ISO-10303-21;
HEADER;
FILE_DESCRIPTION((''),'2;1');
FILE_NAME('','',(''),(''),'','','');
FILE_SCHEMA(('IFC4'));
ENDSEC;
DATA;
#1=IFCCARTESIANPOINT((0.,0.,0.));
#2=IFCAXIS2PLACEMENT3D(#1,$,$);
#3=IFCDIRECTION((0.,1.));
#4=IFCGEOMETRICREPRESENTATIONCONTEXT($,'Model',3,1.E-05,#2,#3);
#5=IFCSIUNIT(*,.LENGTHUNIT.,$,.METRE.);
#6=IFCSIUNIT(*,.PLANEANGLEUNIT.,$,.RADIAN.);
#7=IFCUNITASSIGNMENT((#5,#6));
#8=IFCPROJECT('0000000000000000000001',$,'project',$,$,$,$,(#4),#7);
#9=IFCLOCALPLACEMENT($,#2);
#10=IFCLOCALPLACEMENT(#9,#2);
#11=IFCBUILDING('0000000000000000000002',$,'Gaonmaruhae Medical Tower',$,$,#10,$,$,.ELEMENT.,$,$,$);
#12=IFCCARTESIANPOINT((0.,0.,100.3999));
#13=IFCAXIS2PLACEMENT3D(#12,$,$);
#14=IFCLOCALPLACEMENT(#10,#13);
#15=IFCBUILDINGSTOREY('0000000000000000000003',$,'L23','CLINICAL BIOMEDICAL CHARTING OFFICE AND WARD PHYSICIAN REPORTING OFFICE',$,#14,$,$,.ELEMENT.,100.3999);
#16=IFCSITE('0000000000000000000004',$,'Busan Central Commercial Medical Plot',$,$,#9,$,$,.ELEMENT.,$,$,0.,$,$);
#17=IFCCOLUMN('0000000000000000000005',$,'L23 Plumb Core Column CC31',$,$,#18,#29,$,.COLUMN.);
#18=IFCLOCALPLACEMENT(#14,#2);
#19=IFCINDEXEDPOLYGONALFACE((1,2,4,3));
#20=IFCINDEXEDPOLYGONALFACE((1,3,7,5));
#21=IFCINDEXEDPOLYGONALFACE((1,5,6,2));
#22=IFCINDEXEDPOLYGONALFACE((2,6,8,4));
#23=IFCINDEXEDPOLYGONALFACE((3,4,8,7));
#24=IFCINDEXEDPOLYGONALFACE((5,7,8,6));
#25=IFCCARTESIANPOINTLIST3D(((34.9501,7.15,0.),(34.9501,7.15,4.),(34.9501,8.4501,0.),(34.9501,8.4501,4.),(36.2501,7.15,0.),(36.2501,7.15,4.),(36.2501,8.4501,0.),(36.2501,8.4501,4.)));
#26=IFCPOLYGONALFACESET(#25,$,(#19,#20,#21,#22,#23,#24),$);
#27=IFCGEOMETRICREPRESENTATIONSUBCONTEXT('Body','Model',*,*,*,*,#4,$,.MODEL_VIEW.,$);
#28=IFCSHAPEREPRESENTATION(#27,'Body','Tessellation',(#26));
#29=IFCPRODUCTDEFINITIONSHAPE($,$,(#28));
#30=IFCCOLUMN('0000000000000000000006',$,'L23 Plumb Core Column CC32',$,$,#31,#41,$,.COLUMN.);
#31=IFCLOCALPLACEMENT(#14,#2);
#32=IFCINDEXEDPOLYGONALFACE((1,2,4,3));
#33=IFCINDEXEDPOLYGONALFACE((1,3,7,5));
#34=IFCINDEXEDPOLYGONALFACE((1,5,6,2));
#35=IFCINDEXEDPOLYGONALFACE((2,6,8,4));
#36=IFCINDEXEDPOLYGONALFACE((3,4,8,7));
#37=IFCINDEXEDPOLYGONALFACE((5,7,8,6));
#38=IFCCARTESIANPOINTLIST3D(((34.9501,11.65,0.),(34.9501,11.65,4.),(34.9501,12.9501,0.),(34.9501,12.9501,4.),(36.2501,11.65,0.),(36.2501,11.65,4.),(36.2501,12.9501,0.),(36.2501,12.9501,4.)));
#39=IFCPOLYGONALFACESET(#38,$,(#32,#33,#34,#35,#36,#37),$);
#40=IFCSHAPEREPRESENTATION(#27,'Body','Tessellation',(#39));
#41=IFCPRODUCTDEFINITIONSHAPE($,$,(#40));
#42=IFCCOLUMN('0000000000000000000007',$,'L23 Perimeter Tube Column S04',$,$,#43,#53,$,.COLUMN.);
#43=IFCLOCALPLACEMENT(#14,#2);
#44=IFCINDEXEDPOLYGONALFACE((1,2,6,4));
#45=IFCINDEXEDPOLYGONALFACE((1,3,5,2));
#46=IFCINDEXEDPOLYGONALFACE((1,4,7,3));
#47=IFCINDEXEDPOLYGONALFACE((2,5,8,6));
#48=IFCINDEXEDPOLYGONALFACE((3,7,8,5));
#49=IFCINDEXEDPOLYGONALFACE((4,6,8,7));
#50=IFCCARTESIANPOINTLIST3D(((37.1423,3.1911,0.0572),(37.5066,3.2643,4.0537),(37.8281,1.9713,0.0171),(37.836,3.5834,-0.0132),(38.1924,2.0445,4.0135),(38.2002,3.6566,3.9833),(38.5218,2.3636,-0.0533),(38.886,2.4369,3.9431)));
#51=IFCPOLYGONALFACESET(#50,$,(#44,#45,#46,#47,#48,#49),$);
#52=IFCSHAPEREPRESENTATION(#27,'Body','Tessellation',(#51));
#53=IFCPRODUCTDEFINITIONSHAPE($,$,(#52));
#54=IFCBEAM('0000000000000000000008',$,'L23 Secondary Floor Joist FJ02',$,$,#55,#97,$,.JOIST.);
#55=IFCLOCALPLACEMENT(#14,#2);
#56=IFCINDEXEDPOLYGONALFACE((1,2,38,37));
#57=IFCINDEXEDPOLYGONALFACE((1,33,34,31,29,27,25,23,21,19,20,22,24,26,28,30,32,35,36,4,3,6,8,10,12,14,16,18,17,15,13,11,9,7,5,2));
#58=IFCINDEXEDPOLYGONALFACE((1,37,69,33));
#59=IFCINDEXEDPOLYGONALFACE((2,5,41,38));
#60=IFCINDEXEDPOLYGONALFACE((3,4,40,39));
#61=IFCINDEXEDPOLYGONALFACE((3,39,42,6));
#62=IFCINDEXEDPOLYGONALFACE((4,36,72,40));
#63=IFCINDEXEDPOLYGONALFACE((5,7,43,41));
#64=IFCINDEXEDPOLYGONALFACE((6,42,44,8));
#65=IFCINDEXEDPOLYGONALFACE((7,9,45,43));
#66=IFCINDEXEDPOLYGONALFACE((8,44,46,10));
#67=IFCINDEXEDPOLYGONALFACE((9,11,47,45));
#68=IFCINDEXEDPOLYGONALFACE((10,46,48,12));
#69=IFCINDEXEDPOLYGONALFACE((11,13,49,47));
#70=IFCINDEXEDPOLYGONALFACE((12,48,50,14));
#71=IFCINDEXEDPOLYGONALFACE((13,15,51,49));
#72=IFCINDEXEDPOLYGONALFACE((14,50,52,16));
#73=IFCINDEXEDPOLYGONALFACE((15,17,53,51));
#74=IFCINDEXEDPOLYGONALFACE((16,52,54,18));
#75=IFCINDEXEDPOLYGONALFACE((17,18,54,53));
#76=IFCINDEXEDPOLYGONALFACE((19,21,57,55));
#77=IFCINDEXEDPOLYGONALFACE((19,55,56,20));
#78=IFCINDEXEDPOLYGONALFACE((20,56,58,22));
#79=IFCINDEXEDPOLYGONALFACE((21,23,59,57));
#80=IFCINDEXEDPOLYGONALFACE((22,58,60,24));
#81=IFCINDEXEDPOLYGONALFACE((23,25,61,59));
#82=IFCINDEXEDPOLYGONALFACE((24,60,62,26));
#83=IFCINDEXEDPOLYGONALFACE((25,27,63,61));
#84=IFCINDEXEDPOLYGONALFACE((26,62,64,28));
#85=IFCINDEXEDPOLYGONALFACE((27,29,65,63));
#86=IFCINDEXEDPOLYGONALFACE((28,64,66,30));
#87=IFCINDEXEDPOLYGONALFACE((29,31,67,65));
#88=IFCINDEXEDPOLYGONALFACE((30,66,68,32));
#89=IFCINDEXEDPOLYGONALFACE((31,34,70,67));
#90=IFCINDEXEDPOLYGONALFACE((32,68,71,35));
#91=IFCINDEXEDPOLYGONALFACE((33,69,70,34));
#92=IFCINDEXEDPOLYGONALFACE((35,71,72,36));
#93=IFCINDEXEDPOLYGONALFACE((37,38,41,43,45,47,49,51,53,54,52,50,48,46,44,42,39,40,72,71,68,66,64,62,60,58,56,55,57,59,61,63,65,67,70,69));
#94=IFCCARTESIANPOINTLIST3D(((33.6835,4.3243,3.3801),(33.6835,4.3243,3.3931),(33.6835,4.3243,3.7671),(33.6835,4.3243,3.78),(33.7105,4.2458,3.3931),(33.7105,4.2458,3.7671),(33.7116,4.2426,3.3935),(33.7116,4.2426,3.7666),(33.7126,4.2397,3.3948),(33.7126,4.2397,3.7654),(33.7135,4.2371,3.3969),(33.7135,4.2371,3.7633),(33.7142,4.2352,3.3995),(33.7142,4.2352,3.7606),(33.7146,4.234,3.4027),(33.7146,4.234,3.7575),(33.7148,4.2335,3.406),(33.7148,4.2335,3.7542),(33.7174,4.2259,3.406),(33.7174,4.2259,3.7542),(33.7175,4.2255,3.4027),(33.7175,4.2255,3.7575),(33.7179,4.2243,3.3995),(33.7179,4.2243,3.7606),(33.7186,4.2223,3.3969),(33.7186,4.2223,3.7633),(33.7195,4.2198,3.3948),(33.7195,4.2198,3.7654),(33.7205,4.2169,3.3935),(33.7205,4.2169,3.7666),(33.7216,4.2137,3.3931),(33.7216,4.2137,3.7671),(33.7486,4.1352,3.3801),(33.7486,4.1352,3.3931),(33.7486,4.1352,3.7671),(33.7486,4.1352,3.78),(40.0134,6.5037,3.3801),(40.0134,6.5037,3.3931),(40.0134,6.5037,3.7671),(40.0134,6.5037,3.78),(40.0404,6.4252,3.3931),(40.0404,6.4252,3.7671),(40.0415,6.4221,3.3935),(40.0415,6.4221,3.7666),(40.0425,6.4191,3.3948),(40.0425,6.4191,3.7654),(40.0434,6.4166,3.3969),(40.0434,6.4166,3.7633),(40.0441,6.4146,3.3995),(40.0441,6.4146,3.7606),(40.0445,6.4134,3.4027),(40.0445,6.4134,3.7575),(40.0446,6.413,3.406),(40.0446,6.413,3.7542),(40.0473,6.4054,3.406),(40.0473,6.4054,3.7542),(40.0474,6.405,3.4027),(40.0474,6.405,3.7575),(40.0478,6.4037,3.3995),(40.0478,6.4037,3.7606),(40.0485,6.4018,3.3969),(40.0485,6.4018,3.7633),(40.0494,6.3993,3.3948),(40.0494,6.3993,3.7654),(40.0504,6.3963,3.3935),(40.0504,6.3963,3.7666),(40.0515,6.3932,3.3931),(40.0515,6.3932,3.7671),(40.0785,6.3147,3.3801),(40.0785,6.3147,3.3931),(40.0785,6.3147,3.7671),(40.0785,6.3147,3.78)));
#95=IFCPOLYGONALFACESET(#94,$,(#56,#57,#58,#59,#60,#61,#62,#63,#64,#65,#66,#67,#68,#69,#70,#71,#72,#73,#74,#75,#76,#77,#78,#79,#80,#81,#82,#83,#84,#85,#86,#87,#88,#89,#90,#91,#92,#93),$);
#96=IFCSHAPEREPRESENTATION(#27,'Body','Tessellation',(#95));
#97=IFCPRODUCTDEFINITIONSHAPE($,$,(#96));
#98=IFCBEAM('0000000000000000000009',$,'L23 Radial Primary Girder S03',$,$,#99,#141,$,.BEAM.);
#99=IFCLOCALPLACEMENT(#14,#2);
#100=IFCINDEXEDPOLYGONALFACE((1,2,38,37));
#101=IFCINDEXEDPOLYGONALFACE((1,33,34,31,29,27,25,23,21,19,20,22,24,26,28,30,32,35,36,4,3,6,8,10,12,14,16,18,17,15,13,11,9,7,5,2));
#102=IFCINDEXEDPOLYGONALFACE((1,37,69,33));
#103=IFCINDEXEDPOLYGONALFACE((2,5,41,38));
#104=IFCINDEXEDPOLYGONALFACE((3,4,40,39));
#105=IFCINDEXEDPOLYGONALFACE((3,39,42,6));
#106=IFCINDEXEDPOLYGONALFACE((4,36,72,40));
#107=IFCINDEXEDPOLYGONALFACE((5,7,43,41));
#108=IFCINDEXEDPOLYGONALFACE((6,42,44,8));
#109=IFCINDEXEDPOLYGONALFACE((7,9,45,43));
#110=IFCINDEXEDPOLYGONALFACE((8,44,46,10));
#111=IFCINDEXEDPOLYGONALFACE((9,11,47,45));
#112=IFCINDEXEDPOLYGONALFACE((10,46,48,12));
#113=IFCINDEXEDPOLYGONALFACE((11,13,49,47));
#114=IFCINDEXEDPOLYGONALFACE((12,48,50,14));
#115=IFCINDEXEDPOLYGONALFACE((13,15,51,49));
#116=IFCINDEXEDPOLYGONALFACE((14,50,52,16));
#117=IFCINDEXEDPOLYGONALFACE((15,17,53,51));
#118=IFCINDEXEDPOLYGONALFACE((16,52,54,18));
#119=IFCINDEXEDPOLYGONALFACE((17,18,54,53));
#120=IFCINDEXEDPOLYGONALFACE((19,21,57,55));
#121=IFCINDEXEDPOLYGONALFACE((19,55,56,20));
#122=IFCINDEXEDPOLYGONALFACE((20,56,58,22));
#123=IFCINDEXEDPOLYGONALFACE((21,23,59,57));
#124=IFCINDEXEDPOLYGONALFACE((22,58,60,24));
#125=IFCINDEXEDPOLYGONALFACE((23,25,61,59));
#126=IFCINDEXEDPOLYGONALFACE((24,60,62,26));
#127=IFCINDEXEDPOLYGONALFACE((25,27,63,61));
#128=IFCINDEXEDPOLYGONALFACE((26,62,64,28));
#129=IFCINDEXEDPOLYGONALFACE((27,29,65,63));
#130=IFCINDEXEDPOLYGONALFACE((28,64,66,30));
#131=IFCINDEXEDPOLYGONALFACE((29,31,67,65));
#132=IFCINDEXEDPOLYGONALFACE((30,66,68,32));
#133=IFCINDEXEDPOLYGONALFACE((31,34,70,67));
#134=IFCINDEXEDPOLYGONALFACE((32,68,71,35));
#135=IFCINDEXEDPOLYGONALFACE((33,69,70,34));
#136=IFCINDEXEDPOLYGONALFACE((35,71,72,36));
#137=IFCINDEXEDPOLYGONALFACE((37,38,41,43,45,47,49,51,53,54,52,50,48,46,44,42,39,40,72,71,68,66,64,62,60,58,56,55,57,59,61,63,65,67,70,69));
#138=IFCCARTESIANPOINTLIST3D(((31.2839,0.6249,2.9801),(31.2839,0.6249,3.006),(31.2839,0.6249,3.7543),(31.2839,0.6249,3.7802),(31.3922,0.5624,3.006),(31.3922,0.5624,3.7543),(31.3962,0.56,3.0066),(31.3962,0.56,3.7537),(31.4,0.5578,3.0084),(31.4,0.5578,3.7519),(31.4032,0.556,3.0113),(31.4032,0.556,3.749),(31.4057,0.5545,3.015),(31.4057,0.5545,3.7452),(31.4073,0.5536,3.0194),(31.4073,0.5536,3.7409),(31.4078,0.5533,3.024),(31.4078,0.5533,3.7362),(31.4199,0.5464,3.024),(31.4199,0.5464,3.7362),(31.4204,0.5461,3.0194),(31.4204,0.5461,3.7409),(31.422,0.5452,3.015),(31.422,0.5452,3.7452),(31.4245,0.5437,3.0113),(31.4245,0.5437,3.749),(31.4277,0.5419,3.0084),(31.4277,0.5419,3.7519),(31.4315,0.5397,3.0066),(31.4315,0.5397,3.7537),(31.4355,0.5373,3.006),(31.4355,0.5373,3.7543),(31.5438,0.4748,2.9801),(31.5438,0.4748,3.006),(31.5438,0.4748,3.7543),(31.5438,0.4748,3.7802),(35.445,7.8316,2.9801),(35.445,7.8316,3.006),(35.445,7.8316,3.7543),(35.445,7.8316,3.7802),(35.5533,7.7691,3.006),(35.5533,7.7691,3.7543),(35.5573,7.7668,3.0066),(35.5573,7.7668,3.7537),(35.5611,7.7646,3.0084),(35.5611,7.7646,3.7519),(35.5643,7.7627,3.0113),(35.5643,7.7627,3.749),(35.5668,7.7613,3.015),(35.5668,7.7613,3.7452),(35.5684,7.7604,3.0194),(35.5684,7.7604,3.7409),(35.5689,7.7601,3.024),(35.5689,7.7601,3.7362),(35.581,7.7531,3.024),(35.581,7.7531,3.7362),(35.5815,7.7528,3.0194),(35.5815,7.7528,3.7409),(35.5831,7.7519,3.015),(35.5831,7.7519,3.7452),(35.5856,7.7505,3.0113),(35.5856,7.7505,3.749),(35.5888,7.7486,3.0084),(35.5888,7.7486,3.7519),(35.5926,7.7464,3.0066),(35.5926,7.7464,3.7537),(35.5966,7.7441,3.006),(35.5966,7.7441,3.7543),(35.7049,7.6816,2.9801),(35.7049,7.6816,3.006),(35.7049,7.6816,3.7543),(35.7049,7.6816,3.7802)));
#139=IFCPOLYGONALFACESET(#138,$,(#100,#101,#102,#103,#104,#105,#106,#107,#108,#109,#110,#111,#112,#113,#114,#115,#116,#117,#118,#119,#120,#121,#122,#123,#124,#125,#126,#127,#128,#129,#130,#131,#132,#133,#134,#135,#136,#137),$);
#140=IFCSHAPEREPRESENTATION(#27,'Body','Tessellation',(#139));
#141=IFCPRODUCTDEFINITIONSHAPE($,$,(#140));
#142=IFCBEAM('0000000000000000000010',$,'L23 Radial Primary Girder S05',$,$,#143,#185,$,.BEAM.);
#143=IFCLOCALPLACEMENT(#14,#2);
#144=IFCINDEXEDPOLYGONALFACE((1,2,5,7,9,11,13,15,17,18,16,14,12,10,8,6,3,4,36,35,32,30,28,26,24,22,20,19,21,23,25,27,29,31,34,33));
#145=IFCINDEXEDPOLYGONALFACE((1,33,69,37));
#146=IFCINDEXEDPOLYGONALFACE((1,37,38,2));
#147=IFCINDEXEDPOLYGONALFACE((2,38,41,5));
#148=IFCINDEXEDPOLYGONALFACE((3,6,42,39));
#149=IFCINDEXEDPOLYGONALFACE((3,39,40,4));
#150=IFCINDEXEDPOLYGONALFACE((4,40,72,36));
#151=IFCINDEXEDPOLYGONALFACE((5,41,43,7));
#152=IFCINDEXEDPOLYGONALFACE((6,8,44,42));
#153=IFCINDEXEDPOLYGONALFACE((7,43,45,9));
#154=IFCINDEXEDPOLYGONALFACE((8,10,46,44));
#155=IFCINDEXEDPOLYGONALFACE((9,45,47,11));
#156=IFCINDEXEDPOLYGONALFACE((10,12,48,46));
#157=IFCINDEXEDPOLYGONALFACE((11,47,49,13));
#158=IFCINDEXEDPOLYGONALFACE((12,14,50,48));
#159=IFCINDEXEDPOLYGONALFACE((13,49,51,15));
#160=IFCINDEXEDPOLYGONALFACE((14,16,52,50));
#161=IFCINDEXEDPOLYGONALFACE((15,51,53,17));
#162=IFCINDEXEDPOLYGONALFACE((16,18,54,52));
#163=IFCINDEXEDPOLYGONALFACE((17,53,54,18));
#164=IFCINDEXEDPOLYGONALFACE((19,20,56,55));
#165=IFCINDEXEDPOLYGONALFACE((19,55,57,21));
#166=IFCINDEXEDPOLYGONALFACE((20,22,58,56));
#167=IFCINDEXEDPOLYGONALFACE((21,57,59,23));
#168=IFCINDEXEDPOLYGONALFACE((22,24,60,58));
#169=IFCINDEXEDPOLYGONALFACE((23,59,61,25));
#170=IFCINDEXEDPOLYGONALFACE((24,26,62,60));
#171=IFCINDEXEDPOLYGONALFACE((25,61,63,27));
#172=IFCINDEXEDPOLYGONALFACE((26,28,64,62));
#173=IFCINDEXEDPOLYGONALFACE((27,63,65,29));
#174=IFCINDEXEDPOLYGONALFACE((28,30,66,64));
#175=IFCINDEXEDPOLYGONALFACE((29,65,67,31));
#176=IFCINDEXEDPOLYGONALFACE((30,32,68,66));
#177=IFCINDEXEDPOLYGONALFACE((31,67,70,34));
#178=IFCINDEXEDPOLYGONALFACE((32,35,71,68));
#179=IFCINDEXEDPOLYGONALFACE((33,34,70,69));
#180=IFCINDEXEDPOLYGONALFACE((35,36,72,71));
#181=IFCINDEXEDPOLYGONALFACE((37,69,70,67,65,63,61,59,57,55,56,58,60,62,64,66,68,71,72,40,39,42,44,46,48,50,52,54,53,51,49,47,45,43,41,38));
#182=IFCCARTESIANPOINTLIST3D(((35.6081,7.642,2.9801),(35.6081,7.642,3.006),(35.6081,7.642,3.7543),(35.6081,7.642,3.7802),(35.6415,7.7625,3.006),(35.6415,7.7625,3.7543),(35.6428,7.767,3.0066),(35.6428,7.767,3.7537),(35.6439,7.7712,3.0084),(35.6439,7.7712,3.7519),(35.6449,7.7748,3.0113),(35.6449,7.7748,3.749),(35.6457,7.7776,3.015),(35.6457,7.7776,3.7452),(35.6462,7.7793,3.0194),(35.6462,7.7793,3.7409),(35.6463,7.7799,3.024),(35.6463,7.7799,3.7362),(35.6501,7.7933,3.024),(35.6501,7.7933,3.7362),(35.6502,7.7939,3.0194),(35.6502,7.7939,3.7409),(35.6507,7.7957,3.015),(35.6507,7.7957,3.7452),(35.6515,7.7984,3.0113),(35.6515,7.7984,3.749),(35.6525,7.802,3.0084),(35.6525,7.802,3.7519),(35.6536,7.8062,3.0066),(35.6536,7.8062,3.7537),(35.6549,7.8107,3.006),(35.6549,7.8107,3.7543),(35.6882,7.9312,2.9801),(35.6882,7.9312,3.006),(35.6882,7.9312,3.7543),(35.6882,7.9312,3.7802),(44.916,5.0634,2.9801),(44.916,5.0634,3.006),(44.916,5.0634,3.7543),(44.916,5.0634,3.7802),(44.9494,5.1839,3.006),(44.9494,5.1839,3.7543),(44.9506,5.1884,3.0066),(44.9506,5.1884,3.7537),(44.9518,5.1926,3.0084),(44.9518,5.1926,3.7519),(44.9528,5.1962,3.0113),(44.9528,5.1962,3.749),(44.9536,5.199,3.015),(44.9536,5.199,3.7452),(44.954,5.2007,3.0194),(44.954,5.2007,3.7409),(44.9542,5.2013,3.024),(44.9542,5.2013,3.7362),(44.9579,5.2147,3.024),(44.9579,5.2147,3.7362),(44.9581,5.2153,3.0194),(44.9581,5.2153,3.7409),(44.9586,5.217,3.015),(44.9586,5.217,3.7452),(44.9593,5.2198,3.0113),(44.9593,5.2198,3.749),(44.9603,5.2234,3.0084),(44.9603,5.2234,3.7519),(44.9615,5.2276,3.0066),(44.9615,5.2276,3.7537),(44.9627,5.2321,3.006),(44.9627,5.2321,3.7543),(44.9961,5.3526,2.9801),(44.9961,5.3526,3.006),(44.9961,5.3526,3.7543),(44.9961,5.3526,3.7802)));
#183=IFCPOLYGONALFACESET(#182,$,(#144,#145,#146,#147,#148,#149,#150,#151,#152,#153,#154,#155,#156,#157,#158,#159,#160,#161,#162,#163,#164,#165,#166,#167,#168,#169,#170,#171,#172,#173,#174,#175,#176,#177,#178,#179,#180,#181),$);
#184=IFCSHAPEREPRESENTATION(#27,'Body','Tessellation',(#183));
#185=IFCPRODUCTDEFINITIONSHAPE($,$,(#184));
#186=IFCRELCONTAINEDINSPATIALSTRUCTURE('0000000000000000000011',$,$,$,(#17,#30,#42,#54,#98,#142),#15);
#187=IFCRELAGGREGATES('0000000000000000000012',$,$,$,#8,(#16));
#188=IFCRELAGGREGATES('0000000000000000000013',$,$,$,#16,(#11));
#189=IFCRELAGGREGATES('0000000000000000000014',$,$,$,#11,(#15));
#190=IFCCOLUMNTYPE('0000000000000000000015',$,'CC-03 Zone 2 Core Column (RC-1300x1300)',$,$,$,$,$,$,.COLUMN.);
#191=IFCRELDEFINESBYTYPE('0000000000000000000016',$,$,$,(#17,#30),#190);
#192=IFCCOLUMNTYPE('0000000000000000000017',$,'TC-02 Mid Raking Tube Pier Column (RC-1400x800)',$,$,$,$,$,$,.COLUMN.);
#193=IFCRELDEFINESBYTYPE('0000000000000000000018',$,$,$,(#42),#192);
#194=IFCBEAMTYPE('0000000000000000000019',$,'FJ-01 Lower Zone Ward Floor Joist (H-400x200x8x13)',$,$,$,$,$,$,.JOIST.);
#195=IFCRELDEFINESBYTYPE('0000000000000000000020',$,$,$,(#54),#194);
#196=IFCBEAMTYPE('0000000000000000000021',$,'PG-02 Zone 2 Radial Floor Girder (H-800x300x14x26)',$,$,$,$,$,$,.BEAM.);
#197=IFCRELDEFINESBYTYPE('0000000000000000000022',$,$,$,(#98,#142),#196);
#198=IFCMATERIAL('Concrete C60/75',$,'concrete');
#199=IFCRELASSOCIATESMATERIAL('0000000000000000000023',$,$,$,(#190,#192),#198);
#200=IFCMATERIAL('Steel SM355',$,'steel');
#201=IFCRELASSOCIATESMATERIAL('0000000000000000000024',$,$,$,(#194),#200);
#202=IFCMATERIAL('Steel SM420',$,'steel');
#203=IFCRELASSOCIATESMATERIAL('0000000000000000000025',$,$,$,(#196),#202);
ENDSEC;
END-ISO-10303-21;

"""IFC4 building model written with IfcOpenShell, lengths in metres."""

from ifc_helpers import new_model, si_unit, direction, frame, origin, origin_2d, place, context, subcontext, project, spatial, rectangle, i_section, extrude, material, material_profile, profile_set, type_object, element, save


model = new_model("IFC4")

# Units and contexts
model_context = context("Model", 3, precision=1e-05, world=origin(), true_north=direction((0.0, 1.0)))
body_context = subcontext(model_context, "Body", "Model", "MODEL_VIEW")
ifc_project = project(units=[si_unit("LENGTHUNIT", "METRE"), si_unit("PLANEANGLEUNIT", "RADIAN")], contexts=[model_context])

# Site, building, storey
site_placement = place(None, origin())
site = spatial("IfcSite", under=ifc_project, at=site_placement, Name="Busan Central Commercial Medical Plot", CompositionType="ELEMENT", RefElevation=0.0)
building_placement = place(site_placement, origin())
building = spatial("IfcBuilding", under=site, at=building_placement, Name="Gaonmaruhae Medical Tower", CompositionType="ELEMENT")
storey_placement = place(building_placement, frame((0.0, 0.0, 100.3999)))
storey = spatial("IfcBuildingStorey", under=building, at=storey_placement, Name="L23", Description="CLINICAL BIOMEDICAL CHARTING OFFICE AND WARD PHYSICIAN REPORTING OFFICE", CompositionType="ELEMENT", Elevation=100.3999)

# Columns
ifc_material_1 = material(Name="Concrete C60/75", Category="concrete")
ifc_material_profile_1 = material_profile(ifc_material_1, rectangle(XDim=1.3, YDim=1.3, at=origin_2d()), Name="RC-1300x1300")
ifc_profile_set_1 = profile_set([ifc_material_profile_1], Name="Concrete C60/75")
column_type_1 = type_object("IfcColumnType", Name="CC-03 Zone 2 Core Column (RC-1300x1300)", PredefinedType="COLUMN", material=ifc_profile_set_1)
for number, where, z_axis, x_axis, name in (
    (1, (35.6001, 7.8, 0.0), (0.0, 0.0, 1.0), (1.0, 0.0, 0.0), "L23 Plumb Core Column CC31"),
    (2, (35.6001, 12.3, 0.0), (0.0, 0.0, 1.0), (1.0, 0.0, 0.0), "L23 Plumb Core Column CC32"),
):
    element("IfcColumn", number, at=place(storey_placement, frame(where, z_axis=z_axis, x_axis=x_axis)), inside=storey, type_object=column_type_1, Name=name, PredefinedType="COLUMN", context=body_context, shape_type="SweptSolid", body=[
        extrude(rectangle(XDim=1.3, YDim=1.3, at=origin_2d()), origin(), (0.0, 0.0, 1.0), 4.0),
    ])
ifc_material_profile_2 = material_profile(ifc_material_1, rectangle(XDim=1.3999, YDim=0.8, at=origin_2d()), Name="RC-1400x800")
ifc_profile_set_2 = profile_set([ifc_material_profile_2], Name="Concrete C60/75")
column_type_2 = type_object("IfcColumnType", Name="TC-02 Mid Raking Tube Pier Column (RC-1400x800)", PredefinedType="COLUMN", material=ifc_profile_set_2)
column_placement = place(storey_placement, frame((37.832, 2.7773, 0.002), z_axis=(0.090757, 0.018249, 0.995706), x_axis=(-0.489888, 0.871313, 0.028683)))
element("IfcColumn", 3, at=column_placement, inside=storey, type_object=column_type_2, Name="L23 Perimeter Tube Column S04", PredefinedType="COLUMN", context=body_context, shape_type="SweptSolid", body=[
    extrude(rectangle(XDim=1.3999, YDim=0.8, at=origin_2d()), origin(), (0.0, 0.0, 1.0), 4.0137),
])

# Beams
ifc_material_2 = material(Name="Steel SM355", Category="steel")
ifc_material_profile_3 = material_profile(ifc_material_2, i_section(OverallWidth=0.2, OverallDepth=0.3999, WebThickness=0.0081, FlangeThickness=0.0129, FilletRadius=0.0129, at=origin_2d()), Name="H-400x200x8x13")
ifc_profile_set_3 = profile_set([ifc_material_profile_3], Name="Steel SM355")
beam_type_1 = type_object("IfcBeamType", Name="FJ-01 Lower Zone Ward Floor Joist (H-400x200x8x13)", PredefinedType="JOIST", material=ifc_profile_set_3)
beam_1_placement = place(storey_placement, frame((33.7161, 4.2297, 3.5801), z_axis=(0.945523, 0.325556, 0.0), x_axis=(-0.325556, 0.945523, 0.0)))
element("IfcBeam", 4, at=beam_1_placement, inside=storey, type_object=beam_type_1, Name="L23 Secondary Floor Joist FJ02", PredefinedType="JOIST", context=body_context, shape_type="SweptSolid", body=[
    extrude(i_section(OverallWidth=0.2, OverallDepth=0.3999, WebThickness=0.0081, FlangeThickness=0.0129, FilletRadius=0.0129, at=origin_2d()), origin(), (0.0, 0.0, 1.0), 6.6946),
])
ifc_material_3 = material(Name="Steel SM420", Category="steel")
ifc_material_profile_4 = material_profile(ifc_material_3, i_section(OverallWidth=0.3, OverallDepth=0.8, WebThickness=0.0139, FlangeThickness=0.0259, FilletRadius=0.0181, at=origin_2d()), Name="H-800x300x14x26")
ifc_profile_set_4 = profile_set([ifc_material_profile_4], Name="Steel SM420")
beam_type_2 = type_object("IfcBeamType", Name="PG-02 Zone 2 Radial Floor Girder (H-800x300x14x26)", PredefinedType="BEAM", material=ifc_profile_set_4)
beam_2_placement = place(storey_placement, frame((35.575, 7.7566, 3.3801), z_axis=(-0.500026, -0.86601, 0.0), x_axis=(0.86601, -0.500026, 0.0)))
element("IfcBeam", 5, at=beam_2_placement, inside=storey, type_object=beam_type_2, Name="L23 Radial Primary Girder S03", PredefinedType="BEAM", context=body_context, shape_type="SweptSolid", body=[
    extrude(i_section(OverallWidth=0.3, OverallDepth=0.8, WebThickness=0.0139, FlangeThickness=0.0259, FilletRadius=0.0181, at=origin_2d()), origin(), (0.0, 0.0, 1.0), 8.3218),
])
beam_3_placement = place(storey_placement, frame((35.6482, 7.7866, 3.3801), z_axis=(0.963702, -0.26698, 0.0), x_axis=(0.26698, 0.963702, 0.0)))
element("IfcBeam", 6, at=beam_3_placement, inside=storey, type_object=beam_type_2, Name="L23 Radial Primary Girder S05", PredefinedType="BEAM", context=body_context, shape_type="SweptSolid", body=[
    extrude(i_section(OverallWidth=0.3, OverallDepth=0.8, WebThickness=0.0139, FlangeThickness=0.0259, FilletRadius=0.0181, at=origin_2d()), origin(), (0.0, 0.0, 1.0), 9.6584),
])

save(model, "model.ifc")
